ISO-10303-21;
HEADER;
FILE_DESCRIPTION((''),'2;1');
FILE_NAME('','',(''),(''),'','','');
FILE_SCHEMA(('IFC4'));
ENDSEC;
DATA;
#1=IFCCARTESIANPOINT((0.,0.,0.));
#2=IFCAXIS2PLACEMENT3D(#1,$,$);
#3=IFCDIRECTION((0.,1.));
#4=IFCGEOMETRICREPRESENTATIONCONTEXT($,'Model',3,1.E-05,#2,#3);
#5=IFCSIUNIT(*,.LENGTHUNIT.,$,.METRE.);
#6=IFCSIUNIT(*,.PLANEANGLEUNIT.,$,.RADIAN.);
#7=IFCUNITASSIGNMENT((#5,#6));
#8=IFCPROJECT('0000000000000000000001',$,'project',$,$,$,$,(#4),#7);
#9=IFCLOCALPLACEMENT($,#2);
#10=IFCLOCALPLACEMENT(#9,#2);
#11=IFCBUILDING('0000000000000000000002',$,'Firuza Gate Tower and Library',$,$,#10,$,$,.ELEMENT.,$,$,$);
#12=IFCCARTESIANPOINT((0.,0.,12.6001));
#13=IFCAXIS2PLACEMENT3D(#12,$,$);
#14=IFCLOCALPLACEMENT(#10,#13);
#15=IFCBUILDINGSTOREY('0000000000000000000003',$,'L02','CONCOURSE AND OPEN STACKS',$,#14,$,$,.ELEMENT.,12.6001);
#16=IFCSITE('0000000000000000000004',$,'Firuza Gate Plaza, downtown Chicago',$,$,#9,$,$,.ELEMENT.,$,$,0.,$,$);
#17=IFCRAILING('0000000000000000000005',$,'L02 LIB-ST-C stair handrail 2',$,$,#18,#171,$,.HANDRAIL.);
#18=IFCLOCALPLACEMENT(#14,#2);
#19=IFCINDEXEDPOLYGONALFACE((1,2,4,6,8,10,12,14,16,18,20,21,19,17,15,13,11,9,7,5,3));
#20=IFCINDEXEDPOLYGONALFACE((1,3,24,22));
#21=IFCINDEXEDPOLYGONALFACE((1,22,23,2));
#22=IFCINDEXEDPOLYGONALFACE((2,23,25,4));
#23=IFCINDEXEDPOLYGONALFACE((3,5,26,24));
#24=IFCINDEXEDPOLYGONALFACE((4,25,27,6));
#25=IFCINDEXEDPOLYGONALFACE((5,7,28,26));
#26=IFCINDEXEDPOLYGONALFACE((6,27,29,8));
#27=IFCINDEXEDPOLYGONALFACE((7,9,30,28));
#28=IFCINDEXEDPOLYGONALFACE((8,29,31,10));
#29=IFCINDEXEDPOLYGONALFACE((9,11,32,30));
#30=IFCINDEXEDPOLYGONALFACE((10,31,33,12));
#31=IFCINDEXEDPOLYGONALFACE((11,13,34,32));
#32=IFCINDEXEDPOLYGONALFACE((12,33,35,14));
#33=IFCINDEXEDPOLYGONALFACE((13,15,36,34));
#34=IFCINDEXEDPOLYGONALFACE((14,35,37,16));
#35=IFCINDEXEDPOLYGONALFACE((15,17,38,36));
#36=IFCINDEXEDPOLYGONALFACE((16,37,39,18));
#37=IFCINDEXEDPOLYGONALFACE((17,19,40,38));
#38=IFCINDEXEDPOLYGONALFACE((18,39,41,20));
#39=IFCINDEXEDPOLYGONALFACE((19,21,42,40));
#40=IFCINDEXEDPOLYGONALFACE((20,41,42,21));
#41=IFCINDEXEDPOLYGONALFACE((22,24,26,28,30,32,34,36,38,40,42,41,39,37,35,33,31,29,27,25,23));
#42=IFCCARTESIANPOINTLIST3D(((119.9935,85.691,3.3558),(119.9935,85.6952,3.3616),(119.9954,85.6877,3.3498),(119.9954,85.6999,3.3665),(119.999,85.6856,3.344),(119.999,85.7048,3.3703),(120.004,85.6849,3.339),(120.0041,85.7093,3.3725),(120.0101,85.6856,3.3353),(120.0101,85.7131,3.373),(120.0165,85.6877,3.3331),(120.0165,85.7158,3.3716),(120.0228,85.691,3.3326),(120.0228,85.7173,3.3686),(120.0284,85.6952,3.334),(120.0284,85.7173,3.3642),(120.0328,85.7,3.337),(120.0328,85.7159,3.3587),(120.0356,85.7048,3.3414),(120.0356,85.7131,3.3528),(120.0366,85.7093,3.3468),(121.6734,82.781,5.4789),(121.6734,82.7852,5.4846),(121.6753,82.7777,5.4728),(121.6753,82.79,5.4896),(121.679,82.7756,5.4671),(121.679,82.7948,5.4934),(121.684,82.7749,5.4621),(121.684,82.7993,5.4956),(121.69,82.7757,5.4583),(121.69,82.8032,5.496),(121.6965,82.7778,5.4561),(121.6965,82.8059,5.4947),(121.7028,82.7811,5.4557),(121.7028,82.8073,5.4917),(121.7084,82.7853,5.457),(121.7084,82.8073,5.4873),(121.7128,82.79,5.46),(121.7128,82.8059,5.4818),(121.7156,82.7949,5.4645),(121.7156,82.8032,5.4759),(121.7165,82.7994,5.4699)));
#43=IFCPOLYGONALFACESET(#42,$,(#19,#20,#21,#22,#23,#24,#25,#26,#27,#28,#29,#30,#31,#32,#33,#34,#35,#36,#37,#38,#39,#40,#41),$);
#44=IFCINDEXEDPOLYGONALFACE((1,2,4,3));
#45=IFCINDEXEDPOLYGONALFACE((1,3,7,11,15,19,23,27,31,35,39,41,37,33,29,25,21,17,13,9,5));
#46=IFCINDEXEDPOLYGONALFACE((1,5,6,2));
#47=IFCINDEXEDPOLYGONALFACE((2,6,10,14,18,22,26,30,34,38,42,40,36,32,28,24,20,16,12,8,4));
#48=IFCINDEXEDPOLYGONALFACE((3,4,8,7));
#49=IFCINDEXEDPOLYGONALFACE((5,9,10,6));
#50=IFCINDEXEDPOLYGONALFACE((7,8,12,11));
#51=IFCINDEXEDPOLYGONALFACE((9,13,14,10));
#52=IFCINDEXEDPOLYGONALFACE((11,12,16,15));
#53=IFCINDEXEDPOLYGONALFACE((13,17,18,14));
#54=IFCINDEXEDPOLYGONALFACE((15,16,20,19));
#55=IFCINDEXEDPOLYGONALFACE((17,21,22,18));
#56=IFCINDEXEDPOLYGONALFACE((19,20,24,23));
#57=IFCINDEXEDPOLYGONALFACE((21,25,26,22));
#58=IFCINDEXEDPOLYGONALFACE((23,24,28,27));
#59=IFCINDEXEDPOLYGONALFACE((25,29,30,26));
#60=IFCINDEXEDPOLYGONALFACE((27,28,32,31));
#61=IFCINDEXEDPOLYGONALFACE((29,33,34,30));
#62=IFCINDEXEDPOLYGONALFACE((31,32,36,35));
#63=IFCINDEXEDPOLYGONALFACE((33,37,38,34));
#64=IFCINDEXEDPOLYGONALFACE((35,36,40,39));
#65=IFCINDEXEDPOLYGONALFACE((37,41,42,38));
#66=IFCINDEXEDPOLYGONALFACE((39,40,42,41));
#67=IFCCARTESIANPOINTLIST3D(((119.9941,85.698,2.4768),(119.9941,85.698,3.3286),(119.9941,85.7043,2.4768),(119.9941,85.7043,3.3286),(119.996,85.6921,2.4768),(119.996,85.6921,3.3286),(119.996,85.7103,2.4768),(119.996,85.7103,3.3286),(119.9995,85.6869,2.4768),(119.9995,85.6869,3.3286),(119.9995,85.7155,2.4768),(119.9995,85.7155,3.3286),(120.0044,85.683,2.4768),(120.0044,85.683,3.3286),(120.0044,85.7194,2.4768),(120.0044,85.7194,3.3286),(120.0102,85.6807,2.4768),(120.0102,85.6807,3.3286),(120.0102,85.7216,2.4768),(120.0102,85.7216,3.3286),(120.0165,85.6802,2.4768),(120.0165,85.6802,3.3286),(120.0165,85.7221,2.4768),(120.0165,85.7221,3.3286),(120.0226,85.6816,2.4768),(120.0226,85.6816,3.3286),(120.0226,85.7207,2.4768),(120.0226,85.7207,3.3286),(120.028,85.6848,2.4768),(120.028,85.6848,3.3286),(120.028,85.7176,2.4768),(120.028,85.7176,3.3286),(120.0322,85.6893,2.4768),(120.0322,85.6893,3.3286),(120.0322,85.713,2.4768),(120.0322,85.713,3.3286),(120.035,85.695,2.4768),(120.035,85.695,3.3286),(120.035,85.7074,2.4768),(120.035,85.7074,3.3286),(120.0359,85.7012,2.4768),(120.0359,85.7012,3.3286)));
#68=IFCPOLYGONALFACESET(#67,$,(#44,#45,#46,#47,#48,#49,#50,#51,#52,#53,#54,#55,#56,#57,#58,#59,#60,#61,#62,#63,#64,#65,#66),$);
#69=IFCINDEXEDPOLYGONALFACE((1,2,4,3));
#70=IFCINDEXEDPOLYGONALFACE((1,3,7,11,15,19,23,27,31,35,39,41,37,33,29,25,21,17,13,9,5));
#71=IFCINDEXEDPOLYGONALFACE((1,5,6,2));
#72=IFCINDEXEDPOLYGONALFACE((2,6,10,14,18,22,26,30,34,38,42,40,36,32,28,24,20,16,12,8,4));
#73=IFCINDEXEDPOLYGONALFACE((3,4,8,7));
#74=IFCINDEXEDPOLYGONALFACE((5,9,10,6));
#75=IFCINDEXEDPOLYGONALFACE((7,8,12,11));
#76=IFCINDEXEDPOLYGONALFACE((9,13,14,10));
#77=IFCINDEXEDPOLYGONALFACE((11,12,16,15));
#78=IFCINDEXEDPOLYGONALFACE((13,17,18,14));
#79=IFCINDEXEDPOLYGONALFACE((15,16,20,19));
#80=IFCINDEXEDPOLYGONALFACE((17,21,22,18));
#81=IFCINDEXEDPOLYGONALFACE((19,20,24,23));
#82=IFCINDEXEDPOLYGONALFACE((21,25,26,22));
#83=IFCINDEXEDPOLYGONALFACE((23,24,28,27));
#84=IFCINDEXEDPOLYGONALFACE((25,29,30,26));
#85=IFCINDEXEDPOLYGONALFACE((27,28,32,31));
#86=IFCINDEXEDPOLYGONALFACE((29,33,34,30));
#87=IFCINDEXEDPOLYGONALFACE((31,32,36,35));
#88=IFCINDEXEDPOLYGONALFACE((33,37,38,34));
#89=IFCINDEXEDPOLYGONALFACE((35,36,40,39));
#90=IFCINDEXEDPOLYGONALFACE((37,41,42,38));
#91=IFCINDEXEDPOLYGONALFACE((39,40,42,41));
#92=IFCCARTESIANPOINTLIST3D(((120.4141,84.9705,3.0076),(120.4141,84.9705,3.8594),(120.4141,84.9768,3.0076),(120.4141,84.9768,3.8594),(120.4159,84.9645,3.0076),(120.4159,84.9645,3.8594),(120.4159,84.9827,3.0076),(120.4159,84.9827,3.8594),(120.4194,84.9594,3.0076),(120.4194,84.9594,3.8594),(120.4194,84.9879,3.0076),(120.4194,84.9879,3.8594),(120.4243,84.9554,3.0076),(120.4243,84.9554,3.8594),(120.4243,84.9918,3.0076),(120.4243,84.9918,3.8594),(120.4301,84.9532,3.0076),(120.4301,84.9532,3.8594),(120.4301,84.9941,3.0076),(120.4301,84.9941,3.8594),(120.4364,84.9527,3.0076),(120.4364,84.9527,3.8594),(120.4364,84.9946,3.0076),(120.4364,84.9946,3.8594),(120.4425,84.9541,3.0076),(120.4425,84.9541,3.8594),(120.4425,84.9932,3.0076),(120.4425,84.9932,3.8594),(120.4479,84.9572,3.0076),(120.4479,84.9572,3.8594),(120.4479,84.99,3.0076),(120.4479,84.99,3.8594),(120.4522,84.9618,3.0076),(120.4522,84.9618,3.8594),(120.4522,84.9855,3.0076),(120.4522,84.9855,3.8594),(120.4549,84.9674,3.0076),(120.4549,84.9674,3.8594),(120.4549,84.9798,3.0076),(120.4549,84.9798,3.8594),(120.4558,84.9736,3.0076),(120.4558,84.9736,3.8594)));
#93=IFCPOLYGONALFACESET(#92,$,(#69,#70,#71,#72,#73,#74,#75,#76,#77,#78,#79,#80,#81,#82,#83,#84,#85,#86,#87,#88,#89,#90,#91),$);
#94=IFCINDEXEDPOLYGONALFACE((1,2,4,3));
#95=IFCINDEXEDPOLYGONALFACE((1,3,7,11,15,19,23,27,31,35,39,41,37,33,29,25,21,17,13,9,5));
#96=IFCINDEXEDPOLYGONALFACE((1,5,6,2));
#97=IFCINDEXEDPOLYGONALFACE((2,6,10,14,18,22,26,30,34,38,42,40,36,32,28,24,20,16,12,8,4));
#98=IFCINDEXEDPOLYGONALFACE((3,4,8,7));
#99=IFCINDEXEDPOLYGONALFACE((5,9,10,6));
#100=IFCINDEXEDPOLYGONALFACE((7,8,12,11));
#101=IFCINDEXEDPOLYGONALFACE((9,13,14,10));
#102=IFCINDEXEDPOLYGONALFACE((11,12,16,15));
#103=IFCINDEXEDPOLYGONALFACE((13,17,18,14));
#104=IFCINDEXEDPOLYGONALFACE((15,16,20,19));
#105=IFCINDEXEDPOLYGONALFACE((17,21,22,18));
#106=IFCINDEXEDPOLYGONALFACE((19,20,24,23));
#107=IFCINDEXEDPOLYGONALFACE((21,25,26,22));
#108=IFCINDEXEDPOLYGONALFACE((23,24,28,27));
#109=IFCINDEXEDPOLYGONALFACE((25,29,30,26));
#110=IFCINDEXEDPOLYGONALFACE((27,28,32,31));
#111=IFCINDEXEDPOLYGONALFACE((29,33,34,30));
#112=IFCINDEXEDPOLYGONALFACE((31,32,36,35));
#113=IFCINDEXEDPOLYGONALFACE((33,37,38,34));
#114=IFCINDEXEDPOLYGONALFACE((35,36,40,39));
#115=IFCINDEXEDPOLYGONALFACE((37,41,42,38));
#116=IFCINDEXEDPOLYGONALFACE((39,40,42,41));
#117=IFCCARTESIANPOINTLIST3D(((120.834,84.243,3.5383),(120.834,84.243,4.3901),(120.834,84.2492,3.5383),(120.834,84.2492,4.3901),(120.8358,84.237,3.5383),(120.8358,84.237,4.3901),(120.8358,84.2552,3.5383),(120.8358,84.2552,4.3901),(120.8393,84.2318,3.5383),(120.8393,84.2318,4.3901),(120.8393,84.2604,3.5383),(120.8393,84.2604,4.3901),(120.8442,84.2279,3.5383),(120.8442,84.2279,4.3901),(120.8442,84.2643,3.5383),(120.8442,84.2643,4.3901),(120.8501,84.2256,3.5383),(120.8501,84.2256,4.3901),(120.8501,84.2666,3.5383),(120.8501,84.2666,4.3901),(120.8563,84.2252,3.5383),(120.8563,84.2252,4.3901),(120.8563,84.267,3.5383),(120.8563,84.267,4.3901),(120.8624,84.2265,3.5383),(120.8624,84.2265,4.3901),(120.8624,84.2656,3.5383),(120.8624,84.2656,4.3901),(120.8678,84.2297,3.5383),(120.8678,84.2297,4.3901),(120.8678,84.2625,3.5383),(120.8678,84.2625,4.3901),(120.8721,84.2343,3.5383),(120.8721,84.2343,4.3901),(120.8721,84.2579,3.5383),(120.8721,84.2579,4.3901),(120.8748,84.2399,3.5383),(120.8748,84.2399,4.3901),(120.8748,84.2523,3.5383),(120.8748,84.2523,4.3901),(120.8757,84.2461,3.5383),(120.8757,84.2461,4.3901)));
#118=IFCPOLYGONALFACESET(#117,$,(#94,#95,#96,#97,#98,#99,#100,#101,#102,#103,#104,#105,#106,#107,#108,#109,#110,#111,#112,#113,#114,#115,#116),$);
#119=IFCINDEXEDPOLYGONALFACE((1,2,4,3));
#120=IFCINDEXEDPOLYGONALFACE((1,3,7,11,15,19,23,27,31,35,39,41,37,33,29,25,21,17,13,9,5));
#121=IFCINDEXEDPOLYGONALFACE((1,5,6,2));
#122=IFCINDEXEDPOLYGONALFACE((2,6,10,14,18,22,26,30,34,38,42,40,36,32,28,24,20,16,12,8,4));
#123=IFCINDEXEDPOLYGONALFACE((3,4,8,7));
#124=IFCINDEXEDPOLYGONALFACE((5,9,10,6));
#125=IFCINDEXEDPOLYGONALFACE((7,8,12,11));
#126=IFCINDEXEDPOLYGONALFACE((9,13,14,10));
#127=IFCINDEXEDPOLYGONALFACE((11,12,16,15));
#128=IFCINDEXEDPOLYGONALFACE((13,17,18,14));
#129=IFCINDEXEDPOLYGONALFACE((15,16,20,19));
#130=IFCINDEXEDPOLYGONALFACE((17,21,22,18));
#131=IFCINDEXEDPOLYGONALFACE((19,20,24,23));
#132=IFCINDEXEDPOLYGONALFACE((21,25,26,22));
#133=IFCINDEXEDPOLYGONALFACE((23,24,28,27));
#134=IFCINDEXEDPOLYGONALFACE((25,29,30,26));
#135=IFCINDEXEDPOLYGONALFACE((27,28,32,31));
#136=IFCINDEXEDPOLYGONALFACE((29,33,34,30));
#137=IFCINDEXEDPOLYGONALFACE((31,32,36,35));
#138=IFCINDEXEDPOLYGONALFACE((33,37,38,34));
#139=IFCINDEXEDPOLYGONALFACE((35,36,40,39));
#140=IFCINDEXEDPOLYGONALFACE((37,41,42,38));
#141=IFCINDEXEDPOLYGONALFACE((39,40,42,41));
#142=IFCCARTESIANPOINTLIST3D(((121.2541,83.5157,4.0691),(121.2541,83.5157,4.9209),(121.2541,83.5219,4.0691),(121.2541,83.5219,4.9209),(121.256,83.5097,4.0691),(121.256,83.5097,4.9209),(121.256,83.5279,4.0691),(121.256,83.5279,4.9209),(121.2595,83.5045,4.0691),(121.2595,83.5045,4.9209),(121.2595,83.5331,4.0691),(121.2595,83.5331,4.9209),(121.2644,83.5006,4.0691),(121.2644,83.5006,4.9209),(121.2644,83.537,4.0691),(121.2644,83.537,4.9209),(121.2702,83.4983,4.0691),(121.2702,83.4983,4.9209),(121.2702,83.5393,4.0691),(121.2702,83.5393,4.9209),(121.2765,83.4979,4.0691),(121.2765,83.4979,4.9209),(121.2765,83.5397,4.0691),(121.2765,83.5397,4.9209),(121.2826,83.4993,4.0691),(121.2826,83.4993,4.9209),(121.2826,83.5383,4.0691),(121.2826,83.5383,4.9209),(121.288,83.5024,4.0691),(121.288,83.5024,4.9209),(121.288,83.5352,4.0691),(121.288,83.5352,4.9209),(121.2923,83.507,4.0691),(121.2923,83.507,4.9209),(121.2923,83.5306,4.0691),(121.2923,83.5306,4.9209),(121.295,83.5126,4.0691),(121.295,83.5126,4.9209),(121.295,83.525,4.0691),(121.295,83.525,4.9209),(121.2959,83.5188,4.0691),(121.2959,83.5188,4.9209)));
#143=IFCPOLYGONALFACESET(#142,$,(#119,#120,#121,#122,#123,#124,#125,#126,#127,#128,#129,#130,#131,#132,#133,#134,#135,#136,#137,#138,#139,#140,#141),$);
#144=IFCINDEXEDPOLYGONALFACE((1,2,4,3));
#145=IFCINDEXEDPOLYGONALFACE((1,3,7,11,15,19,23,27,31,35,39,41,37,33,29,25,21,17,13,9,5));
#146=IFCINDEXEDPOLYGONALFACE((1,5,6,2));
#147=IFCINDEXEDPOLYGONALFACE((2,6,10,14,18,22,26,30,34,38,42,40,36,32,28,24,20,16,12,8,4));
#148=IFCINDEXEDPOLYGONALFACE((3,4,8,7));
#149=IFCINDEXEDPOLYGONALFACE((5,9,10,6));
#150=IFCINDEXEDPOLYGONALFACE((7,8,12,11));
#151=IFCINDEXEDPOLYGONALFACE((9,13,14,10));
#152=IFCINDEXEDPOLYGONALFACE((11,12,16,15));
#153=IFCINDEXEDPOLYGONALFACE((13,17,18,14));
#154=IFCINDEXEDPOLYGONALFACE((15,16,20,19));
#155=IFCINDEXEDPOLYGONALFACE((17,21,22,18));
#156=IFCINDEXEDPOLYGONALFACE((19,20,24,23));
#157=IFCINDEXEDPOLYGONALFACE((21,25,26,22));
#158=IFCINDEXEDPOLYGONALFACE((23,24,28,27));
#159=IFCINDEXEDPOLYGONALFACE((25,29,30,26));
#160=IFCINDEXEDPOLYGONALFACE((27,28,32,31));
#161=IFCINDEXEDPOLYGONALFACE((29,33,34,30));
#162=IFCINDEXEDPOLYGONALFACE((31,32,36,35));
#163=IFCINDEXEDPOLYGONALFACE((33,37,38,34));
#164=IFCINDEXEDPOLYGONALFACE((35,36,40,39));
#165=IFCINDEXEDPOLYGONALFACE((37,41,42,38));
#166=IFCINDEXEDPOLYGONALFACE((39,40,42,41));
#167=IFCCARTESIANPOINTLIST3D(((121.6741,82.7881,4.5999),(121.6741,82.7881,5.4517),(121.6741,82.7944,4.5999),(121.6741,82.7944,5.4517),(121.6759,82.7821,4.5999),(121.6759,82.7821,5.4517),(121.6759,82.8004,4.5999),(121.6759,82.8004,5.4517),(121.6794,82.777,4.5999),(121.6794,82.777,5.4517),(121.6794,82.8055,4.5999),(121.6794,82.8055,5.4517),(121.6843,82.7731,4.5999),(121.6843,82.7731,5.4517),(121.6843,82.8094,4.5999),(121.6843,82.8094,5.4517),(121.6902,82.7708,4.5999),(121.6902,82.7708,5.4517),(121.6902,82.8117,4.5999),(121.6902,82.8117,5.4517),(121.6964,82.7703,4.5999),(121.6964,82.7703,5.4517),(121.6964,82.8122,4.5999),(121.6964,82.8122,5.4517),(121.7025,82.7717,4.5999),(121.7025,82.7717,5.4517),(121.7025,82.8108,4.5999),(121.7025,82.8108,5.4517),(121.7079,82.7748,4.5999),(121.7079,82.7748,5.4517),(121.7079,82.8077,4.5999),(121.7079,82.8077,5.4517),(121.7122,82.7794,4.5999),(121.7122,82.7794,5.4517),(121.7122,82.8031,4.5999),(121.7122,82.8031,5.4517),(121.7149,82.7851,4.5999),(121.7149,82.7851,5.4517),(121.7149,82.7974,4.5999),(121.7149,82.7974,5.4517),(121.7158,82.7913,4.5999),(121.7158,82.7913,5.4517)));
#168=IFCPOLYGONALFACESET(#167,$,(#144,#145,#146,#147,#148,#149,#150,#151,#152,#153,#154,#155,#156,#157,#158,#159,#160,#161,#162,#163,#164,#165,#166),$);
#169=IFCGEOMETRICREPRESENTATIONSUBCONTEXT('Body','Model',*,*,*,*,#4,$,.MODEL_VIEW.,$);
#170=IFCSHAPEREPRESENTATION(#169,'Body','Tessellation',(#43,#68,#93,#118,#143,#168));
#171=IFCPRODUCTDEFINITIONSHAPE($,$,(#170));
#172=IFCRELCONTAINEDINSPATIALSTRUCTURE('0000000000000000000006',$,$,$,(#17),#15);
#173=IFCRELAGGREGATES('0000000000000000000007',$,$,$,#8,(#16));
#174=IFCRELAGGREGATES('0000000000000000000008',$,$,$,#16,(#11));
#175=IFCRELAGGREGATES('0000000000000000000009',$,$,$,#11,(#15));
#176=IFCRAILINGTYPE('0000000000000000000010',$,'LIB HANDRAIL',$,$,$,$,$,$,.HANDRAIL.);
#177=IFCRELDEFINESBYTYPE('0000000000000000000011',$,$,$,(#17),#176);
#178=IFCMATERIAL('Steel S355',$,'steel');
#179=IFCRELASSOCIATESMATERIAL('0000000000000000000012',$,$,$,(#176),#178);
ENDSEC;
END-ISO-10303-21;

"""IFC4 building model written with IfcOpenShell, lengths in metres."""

from ifc_helpers import new_model, si_unit, direction, frame, origin, origin_2d, place, context, subcontext, project, spatial, circle, extrude, material, type_object, element, save


model = new_model("IFC4")

# Units and contexts
model_context = context("Model", 3, precision=1e-05, world=origin(), true_north=direction((0.0, 1.0)))
body_context = subcontext(model_context, "Body", "Model", "MODEL_VIEW")
ifc_project = project(units=[si_unit("LENGTHUNIT", "METRE"), si_unit("PLANEANGLEUNIT", "RADIAN")], contexts=[model_context])

# Site, building, storey
site_placement = place(None, origin())
site = spatial("IfcSite", under=ifc_project, at=site_placement, Name="Firuza Gate Plaza, downtown Chicago", CompositionType="ELEMENT", RefElevation=0.0)
building_placement = place(site_placement, origin())
building = spatial("IfcBuilding", under=site, at=building_placement, Name="Firuza Gate Tower and Library", CompositionType="ELEMENT")
storey_placement = place(building_placement, frame((0.0, 0.0, 12.6001)))
storey = spatial("IfcBuildingStorey", under=building, at=storey_placement, Name="L02", Description="CONCOURSE AND OPEN STACKS", CompositionType="ELEMENT", Elevation=12.6001)

# Railing
ifc_material_1 = material(Name="Steel S355", Category="steel")
railing_type_1 = type_object("IfcRailingType", Name="LIB HANDRAIL", PredefinedType="HANDRAIL", material=ifc_material_1)
railing_1_placement = place(storey_placement, frame((120.0149, 85.7012, 2.4768)))
element("IfcRailing", 1, at=railing_1_placement, inside=storey, type_object=railing_type_1, Name="L02 LIB-ST-C stair handrail 2", PredefinedType="HANDRAIL", context=body_context, shape_type="SweptSolid", body=[
    extrude(circle(Radius=0.0239, at=origin_2d()), frame((0.0, 0.0, 0.876), z_axis=(0.422672, -0.732135, 0.53416), x_axis=(0.866039, 0.499976, 0.0)), (0.0, 0.0, 1.0), 3.9746),
    extrude(circle(Radius=0.021, at=origin_2d()), origin(), (0.0, 0.0, 1.0), 0.8518),
    extrude(circle(Radius=0.021, at=origin_2d()), frame((0.4199, -0.7275, 0.5308)), (0.0, 0.0, 1.0), 0.8518),
    extrude(circle(Radius=0.021, at=origin_2d()), frame((0.8398, -1.4551, 1.0615)), (0.0, 0.0, 1.0), 0.8518),
    extrude(circle(Radius=0.021, at=origin_2d()), frame((1.26, -2.1824, 1.5923)), (0.0, 0.0, 1.0), 0.8518),
    extrude(circle(Radius=0.021, at=origin_2d()), frame((1.6799, -2.9099, 2.123)), (0.0, 0.0, 1.0), 0.8518),
])

save(model, "model.ifc")
